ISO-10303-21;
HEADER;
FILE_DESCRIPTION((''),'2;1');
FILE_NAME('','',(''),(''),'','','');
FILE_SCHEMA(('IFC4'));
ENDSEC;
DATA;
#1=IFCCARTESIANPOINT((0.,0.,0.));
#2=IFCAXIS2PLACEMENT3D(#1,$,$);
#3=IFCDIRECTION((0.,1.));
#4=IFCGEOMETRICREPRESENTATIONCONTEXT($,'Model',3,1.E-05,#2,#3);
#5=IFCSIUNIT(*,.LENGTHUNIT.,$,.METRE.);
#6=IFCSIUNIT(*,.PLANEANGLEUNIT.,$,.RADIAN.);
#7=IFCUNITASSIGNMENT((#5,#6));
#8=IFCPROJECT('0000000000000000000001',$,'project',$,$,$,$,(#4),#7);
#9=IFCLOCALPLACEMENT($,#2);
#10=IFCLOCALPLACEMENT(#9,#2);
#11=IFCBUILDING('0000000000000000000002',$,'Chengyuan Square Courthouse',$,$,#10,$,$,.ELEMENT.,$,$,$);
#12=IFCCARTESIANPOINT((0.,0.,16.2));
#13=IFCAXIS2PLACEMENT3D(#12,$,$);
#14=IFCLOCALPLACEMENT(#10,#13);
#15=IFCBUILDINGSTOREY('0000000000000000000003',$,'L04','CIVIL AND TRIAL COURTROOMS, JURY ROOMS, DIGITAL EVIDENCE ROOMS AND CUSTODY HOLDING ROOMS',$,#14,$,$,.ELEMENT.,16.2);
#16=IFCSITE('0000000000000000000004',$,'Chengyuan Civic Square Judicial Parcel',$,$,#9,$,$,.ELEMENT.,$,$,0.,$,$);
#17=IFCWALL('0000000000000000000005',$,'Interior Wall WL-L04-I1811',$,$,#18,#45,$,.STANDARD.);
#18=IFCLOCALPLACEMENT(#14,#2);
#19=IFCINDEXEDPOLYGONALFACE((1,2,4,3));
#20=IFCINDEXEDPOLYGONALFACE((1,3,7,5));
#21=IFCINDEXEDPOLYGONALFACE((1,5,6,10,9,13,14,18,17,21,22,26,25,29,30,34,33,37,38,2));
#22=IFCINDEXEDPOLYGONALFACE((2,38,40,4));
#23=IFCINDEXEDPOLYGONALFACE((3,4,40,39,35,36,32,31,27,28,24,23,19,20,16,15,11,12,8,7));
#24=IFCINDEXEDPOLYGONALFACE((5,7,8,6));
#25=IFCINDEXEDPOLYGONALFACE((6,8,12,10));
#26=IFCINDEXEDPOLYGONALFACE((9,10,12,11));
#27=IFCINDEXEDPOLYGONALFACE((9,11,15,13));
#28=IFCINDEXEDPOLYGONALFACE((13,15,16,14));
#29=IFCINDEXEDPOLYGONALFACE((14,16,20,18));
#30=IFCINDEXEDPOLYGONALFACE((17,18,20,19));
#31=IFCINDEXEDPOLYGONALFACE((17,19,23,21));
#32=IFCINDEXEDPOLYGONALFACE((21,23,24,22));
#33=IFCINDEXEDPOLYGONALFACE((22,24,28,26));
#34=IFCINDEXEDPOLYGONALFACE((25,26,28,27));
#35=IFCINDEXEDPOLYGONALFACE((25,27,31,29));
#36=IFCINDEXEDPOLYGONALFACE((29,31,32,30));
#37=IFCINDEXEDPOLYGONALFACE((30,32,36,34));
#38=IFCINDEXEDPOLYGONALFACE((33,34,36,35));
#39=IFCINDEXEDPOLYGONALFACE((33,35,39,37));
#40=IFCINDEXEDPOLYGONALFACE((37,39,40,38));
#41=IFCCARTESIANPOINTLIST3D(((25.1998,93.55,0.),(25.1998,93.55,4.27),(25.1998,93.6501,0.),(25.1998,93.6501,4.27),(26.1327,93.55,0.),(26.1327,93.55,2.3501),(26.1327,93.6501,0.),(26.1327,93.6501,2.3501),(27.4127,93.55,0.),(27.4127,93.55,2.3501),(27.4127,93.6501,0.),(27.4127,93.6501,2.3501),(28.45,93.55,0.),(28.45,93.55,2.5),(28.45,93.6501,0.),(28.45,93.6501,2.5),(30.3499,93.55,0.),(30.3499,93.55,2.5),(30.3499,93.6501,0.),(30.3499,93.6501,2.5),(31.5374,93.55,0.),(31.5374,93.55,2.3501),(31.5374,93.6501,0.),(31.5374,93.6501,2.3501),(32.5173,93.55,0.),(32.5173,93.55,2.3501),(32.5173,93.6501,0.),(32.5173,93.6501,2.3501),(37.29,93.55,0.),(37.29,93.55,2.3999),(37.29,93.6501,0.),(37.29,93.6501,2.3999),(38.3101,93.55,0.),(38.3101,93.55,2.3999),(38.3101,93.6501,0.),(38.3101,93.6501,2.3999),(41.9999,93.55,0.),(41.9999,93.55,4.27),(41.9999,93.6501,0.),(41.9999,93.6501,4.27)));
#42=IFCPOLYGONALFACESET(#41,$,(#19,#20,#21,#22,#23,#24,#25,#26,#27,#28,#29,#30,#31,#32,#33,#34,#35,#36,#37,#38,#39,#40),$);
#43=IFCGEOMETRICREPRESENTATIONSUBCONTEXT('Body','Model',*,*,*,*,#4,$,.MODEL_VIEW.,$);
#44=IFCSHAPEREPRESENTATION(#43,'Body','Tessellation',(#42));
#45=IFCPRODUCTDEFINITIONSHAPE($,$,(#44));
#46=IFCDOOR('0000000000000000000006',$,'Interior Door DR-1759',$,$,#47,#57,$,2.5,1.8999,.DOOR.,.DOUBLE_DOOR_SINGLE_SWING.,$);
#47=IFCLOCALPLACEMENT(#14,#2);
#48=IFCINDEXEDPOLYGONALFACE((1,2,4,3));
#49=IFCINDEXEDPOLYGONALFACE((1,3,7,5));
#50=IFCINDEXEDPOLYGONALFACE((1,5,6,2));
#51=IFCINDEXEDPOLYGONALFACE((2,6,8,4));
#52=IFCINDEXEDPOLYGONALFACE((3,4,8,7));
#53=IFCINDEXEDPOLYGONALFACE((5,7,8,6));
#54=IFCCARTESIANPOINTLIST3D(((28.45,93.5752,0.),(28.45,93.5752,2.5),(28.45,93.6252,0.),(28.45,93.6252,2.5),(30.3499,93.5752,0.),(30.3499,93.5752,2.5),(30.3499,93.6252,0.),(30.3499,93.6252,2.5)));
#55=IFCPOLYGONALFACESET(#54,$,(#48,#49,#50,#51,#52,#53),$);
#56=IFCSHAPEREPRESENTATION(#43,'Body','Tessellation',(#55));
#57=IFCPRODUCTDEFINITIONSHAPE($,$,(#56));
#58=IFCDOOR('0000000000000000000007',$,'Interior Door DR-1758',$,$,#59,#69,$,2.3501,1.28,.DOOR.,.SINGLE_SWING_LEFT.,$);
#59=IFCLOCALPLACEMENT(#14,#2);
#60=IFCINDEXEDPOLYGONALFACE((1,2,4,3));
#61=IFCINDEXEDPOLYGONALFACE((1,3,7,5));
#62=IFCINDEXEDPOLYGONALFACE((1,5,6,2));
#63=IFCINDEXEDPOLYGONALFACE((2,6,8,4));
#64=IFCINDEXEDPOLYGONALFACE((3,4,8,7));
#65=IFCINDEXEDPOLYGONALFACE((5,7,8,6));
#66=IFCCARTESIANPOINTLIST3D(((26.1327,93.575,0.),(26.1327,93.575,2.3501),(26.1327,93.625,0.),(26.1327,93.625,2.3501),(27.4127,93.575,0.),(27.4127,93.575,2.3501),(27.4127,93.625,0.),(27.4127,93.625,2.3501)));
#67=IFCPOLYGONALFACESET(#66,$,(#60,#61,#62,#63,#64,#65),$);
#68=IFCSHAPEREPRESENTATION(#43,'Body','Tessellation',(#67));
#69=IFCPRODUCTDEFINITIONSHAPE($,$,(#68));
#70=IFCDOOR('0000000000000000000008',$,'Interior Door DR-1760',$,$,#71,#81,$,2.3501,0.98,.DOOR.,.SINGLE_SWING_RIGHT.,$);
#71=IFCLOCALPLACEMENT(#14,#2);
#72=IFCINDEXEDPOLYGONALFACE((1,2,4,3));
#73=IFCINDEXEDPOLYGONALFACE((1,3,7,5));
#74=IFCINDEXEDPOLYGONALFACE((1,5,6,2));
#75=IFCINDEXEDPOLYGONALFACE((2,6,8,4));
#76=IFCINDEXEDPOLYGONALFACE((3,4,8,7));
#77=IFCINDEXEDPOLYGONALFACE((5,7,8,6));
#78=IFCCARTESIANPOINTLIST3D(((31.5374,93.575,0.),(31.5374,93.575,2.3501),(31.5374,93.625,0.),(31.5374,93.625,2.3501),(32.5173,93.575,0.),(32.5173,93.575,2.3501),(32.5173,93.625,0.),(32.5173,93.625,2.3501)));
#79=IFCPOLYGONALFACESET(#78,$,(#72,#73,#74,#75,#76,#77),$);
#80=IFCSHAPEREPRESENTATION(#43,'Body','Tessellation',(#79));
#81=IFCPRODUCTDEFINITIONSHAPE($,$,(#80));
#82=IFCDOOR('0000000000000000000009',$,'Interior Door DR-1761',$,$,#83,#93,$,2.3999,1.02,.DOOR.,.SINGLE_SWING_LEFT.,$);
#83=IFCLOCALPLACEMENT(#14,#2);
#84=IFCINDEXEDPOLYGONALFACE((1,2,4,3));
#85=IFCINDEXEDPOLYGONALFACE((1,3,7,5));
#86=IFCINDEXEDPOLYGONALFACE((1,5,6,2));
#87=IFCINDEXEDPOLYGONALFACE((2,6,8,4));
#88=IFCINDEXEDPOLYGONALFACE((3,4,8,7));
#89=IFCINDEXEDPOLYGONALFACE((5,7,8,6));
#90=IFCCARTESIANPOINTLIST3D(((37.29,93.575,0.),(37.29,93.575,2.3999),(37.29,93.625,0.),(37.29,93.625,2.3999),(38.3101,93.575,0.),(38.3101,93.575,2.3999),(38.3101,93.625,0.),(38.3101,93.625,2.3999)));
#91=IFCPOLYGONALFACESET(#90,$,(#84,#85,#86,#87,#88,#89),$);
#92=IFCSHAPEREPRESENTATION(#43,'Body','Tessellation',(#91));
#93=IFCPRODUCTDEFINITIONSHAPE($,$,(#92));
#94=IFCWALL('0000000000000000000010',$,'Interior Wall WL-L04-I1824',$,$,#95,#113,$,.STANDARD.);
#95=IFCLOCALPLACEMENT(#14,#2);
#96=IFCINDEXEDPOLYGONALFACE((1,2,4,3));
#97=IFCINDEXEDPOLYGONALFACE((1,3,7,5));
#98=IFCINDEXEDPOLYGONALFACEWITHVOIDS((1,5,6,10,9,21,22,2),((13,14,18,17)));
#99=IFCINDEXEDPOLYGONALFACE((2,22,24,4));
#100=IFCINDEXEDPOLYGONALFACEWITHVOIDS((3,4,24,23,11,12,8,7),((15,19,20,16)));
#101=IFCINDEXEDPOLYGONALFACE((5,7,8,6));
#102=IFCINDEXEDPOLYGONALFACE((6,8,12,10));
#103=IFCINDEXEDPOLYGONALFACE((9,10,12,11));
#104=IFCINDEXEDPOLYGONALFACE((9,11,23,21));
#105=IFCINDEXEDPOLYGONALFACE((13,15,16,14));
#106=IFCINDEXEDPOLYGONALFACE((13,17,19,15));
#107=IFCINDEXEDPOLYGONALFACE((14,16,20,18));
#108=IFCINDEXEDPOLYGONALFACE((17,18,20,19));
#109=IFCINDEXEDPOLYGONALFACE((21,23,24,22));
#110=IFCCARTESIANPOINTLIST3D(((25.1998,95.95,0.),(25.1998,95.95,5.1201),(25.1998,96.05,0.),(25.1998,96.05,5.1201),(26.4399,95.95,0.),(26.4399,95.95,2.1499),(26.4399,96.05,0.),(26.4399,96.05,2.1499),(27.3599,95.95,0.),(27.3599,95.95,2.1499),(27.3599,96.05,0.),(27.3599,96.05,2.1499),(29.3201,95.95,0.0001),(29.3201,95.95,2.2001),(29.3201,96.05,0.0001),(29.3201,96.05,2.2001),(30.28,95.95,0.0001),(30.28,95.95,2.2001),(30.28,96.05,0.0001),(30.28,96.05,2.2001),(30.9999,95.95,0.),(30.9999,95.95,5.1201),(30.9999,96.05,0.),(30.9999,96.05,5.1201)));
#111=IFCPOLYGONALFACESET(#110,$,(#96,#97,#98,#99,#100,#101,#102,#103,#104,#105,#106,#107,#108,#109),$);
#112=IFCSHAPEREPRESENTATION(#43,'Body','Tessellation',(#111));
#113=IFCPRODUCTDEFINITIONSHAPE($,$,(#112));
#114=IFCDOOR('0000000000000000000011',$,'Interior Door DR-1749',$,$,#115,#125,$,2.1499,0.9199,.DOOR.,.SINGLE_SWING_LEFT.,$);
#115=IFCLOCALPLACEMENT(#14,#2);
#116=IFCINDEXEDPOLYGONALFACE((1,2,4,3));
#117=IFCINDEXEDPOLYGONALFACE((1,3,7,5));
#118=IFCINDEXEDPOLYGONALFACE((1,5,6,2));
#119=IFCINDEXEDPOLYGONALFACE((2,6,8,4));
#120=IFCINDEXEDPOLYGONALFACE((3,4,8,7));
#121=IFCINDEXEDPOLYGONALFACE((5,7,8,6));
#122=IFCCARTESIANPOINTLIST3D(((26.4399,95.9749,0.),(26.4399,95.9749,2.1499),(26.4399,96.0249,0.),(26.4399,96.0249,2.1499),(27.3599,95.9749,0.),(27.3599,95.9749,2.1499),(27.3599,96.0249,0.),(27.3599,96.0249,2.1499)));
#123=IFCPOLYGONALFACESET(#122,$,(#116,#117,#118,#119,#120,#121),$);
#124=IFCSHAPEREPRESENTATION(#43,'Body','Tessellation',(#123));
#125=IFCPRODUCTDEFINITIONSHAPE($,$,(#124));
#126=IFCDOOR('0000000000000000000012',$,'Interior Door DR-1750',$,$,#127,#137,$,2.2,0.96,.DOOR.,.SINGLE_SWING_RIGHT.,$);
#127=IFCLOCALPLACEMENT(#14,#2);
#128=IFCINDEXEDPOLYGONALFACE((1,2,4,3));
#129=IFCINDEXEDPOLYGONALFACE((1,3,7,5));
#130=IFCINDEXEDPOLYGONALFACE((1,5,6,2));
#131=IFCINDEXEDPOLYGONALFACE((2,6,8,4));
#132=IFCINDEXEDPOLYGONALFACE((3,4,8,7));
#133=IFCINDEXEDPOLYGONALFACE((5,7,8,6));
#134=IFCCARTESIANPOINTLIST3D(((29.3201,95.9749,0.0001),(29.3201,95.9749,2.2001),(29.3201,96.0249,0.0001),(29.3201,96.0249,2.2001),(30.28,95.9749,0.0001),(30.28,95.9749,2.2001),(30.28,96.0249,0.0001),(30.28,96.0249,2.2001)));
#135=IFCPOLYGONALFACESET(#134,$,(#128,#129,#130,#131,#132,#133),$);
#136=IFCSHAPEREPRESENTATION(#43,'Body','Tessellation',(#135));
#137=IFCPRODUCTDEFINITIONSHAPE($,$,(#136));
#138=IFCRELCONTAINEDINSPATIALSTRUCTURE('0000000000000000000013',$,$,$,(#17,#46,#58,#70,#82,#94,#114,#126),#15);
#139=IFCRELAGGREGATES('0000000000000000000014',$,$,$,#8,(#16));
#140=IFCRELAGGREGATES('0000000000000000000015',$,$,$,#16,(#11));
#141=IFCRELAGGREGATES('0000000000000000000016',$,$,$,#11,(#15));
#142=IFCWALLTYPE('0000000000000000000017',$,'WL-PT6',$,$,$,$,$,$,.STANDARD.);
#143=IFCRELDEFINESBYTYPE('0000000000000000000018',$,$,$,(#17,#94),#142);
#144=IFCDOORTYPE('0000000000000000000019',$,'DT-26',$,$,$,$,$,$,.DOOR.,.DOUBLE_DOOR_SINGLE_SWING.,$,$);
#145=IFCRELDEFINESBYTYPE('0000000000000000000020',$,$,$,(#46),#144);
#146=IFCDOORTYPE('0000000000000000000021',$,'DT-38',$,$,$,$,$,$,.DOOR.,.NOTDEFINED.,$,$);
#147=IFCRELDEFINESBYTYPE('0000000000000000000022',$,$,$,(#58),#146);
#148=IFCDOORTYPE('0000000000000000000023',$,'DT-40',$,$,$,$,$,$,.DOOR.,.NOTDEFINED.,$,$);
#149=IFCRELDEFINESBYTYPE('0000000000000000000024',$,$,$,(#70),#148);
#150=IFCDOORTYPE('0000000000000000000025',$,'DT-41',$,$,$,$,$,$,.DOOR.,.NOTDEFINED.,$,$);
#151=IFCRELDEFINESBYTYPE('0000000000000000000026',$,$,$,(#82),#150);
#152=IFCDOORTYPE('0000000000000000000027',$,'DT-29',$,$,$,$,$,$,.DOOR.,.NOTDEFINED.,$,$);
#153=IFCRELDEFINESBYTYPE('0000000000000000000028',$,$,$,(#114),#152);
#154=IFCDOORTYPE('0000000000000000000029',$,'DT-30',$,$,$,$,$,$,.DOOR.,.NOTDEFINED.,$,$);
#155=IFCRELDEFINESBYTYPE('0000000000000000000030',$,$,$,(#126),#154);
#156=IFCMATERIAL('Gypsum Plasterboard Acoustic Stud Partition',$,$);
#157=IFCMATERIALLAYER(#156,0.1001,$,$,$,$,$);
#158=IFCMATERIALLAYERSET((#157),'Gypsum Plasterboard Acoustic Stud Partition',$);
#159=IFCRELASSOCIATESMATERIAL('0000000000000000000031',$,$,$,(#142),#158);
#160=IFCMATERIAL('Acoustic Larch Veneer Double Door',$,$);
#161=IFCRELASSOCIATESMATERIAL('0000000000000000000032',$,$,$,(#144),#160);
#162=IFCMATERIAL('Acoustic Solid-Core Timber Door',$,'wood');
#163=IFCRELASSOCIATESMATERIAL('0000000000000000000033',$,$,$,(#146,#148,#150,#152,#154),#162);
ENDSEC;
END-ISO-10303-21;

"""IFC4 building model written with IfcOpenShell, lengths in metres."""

from ifc_helpers import new_model, si_unit, direction, frame, frame_2d, origin, place, context, subcontext, project, spatial, rectangle, extrude, material, layer, layer_set, type_object, element, fill, save


model = new_model("IFC4")

# Units and contexts
model_context = context("Model", 3, precision=1e-05, world=origin(), true_north=direction((0.0, 1.0)))
body_context = subcontext(model_context, "Body", "Model", "MODEL_VIEW")
ifc_project = project(units=[si_unit("LENGTHUNIT", "METRE"), si_unit("PLANEANGLEUNIT", "RADIAN")], contexts=[model_context])

# Site, building, storey
site_placement = place(None, origin())
site = spatial("IfcSite", under=ifc_project, at=site_placement, Name="Chengyuan Civic Square Judicial Parcel", CompositionType="ELEMENT", RefElevation=0.0)
building_placement = place(site_placement, origin())
building = spatial("IfcBuilding", under=site, at=building_placement, Name="Chengyuan Square Courthouse", CompositionType="ELEMENT")
storey_placement = place(building_placement, frame((0.0, 0.0, 16.2)))
storey = spatial("IfcBuildingStorey", under=building, at=storey_placement, Name="L04", Description="CIVIL AND TRIAL COURTROOMS, JURY ROOMS, DIGITAL EVIDENCE ROOMS AND CUSTODY HOLDING ROOMS", CompositionType="ELEMENT", Elevation=16.2)

# Walls, openings, doors
ifc_material_1 = material(Name="Gypsum Plasterboard Acoustic Stud Partition")
ifc_layer_1 = layer(ifc_material_1, 0.1001)
ifc_layer_set_1 = layer_set([ifc_layer_1], Name="Gypsum Plasterboard Acoustic Stud Partition")
wall_type_1 = type_object("IfcWallType", Name="WL-PT6", PredefinedType="STANDARD", material=ifc_layer_set_1)
wall_1_placement = place(storey_placement, frame((25.2, 93.6001, 0.0), z_axis=(0.0, 0.0, 1.0), x_axis=(1.0, 0.0, 0.0)))
wall_1 = element("IfcWall", 1, at=wall_1_placement, inside=storey, type_object=wall_type_1, Name="Interior Wall WL-L04-I1811", PredefinedType="STANDARD", context=body_context, shape_type="SweptSolid", body=[
    extrude(rectangle(XDim=16.8, YDim=0.1001, at=frame_2d((8.3999, 0.0))), origin(), (0.0, 0.0, 1.0), 4.27),
])
opening_1_placement = place(wall_1_placement, frame((0.9326, 0.0, 0.0)))
opening_1 = element("IfcOpeningElement", 2, at=opening_1_placement, cuts=wall_1, PredefinedType="OPENING", context=body_context, shape_type="SweptSolid", body=[
    extrude(rectangle(XDim=1.28, YDim=2.3501, at=frame_2d((0.6401, 1.175))), frame((0.0, 0.062, 0.0), z_axis=(0.0, -1.0, 0.0), x_axis=(1.0, 0.0, 0.0)), (0.0, 0.0, 1.0), 0.124),
])
opening_2_placement = place(wall_1_placement, frame((3.25, 0.0, 0.0)))
opening_2 = element("IfcOpeningElement", 3, at=opening_2_placement, cuts=wall_1, PredefinedType="OPENING", context=body_context, shape_type="SweptSolid", body=[
    extrude(rectangle(XDim=1.8999, YDim=2.5, at=frame_2d((0.95, 1.25))), frame((0.0, 0.062, 0.0), z_axis=(0.0, -1.0, 0.0), x_axis=(1.0, 0.0, 0.0)), (0.0, 0.0, 1.0), 0.124),
])
opening_3_placement = place(wall_1_placement, frame((6.3374, 0.0, 0.0)))
opening_3 = element("IfcOpeningElement", 4, at=opening_3_placement, cuts=wall_1, PredefinedType="OPENING", context=body_context, shape_type="SweptSolid", body=[
    extrude(rectangle(XDim=0.98, YDim=2.3501, at=frame_2d((0.49, 1.175))), frame((0.0, 0.062, 0.0), z_axis=(0.0, -1.0, 0.0), x_axis=(1.0, 0.0, 0.0)), (0.0, 0.0, 1.0), 0.124),
])
opening_4_placement = place(wall_1_placement, frame((12.0901, 0.0, 0.0)))
opening_4 = element("IfcOpeningElement", 5, at=opening_4_placement, cuts=wall_1, PredefinedType="OPENING", context=body_context, shape_type="SweptSolid", body=[
    extrude(rectangle(XDim=1.02, YDim=2.3999, at=frame_2d((0.51, 1.2))), frame((0.0, 0.062, 0.0), z_axis=(0.0, -1.0, 0.0), x_axis=(1.0, 0.0, 0.0)), (0.0, 0.0, 1.0), 0.124),
])
ifc_material_2 = material(Name="Acoustic Larch Veneer Double Door")
door_type_1 = type_object("IfcDoorType", Name="DT-26", OperationType="DOUBLE_DOOR_SINGLE_SWING", PredefinedType="DOOR", material=ifc_material_2)
door_1_placement = place(opening_2_placement, frame((1.8999, 0.0, 0.0), z_axis=(0.0, 0.0, 1.0), x_axis=(-1.0, 0.0, 0.0)))
door_1 = element("IfcDoor", 6, at=door_1_placement, inside=storey, type_object=door_type_1, Name="Interior Door DR-1759", OperationType="DOUBLE_DOOR_SINGLE_SWING", OverallHeight=2.5, OverallWidth=1.8999, PredefinedType="DOOR", context=body_context, shape_type="SweptSolid", body=[
    extrude(rectangle(XDim=1.8999, YDim=2.5, at=frame_2d((0.95, 1.25))), frame((0.0, 0.0249, 0.0), z_axis=(0.0, -1.0, 0.0), x_axis=(1.0, 0.0, 0.0)), (0.0, 0.0, 1.0), 0.05),
])
fill(opening_2, door_1)
ifc_material_3 = material(Name="Acoustic Solid-Core Timber Door", Category="wood")
door_type_2 = type_object("IfcDoorType", Name="DT-38", OperationType="NOTDEFINED", PredefinedType="DOOR", material=ifc_material_3)
door_2_placement = place(opening_1_placement, origin())
door_2 = element("IfcDoor", 7, at=door_2_placement, inside=storey, type_object=door_type_2, Name="Interior Door DR-1758", OperationType="SINGLE_SWING_LEFT", OverallHeight=2.3501, OverallWidth=1.28, PredefinedType="DOOR", context=body_context, shape_type="SweptSolid", body=[
    extrude(rectangle(XDim=1.28, YDim=2.3501, at=frame_2d((0.6401, 1.175))), frame((0.0, 0.0249, 0.0), z_axis=(0.0, -1.0, 0.0), x_axis=(1.0, 0.0, 0.0)), (0.0, 0.0, 1.0), 0.05),
])
fill(opening_1, door_2)
door_type_3 = type_object("IfcDoorType", Name="DT-40", OperationType="NOTDEFINED", PredefinedType="DOOR", material=ifc_material_3)
door_3_placement = place(opening_3_placement, origin())
door_3 = element("IfcDoor", 8, at=door_3_placement, inside=storey, type_object=door_type_3, Name="Interior Door DR-1760", OperationType="SINGLE_SWING_RIGHT", OverallHeight=2.3501, OverallWidth=0.98, PredefinedType="DOOR", context=body_context, shape_type="SweptSolid", body=[
    extrude(rectangle(XDim=0.98, YDim=2.3501, at=frame_2d((0.49, 1.175))), frame((0.0, 0.0249, 0.0), z_axis=(0.0, -1.0, 0.0), x_axis=(1.0, 0.0, 0.0)), (0.0, 0.0, 1.0), 0.05),
])
fill(opening_3, door_3)
door_type_4 = type_object("IfcDoorType", Name="DT-41", OperationType="NOTDEFINED", PredefinedType="DOOR", material=ifc_material_3)
door_4_placement = place(opening_4_placement, origin())
door_4 = element("IfcDoor", 9, at=door_4_placement, inside=storey, type_object=door_type_4, Name="Interior Door DR-1761", OperationType="SINGLE_SWING_LEFT", OverallHeight=2.3999, OverallWidth=1.02, PredefinedType="DOOR", context=body_context, shape_type="SweptSolid", body=[
    extrude(rectangle(XDim=1.02, YDim=2.3999, at=frame_2d((0.51, 1.2))), frame((0.0, 0.0249, 0.0), z_axis=(0.0, -1.0, 0.0), x_axis=(1.0, 0.0, 0.0)), (0.0, 0.0, 1.0), 0.05),
])
fill(opening_4, door_4)
wall_2_placement = place(storey_placement, frame((25.2, 96.0, 0.0), z_axis=(0.0, 0.0, 1.0), x_axis=(1.0, 0.0, 0.0)))
wall_2 = element("IfcWall", 10, at=wall_2_placement, inside=storey, type_object=wall_type_1, Name="Interior Wall WL-L04-I1824", PredefinedType="STANDARD", context=body_context, shape_type="SweptSolid", body=[
    extrude(rectangle(XDim=5.8, YDim=0.1001, at=frame_2d((2.8999, 0.0))), origin(), (0.0, 0.0, 1.0), 5.1201),
])
opening_5_placement = place(wall_2_placement, frame((1.24, 0.0, 0.0)))
opening_5 = element("IfcOpeningElement", 11, at=opening_5_placement, cuts=wall_2, PredefinedType="OPENING", context=body_context, shape_type="SweptSolid", body=[
    extrude(rectangle(XDim=0.9199, YDim=2.1499, at=frame_2d((0.46, 1.075))), frame((0.0, 0.062, 0.0), z_axis=(0.0, -1.0, 0.0), x_axis=(1.0, 0.0, 0.0)), (0.0, 0.0, 1.0), 0.124),
])
opening_6_placement = place(wall_2_placement, frame((4.1201, 0.0, 0.0)))
opening_6 = element("IfcOpeningElement", 12, at=opening_6_placement, cuts=wall_2, PredefinedType="OPENING", context=body_context, shape_type="SweptSolid", body=[
    extrude(rectangle(XDim=0.96, YDim=2.2, at=frame_2d((0.48, 1.1001))), frame((0.0, 0.062, 0.0), z_axis=(0.0, -1.0, 0.0), x_axis=(1.0, 0.0, 0.0)), (0.0, 0.0, 1.0), 0.124),
])
door_type_5 = type_object("IfcDoorType", Name="DT-29", OperationType="NOTDEFINED", PredefinedType="DOOR", material=ifc_material_3)
door_5_placement = place(opening_5_placement, origin())
door_5 = element("IfcDoor", 13, at=door_5_placement, inside=storey, type_object=door_type_5, Name="Interior Door DR-1749", OperationType="SINGLE_SWING_LEFT", OverallHeight=2.1499, OverallWidth=0.9199, PredefinedType="DOOR", context=body_context, shape_type="SweptSolid", body=[
    extrude(rectangle(XDim=0.9199, YDim=2.1499, at=frame_2d((0.46, 1.075))), frame((0.0, 0.0249, 0.0), z_axis=(0.0, -1.0, 0.0), x_axis=(1.0, 0.0, 0.0)), (0.0, 0.0, 1.0), 0.05),
])
fill(opening_5, door_5)
door_type_6 = type_object("IfcDoorType", Name="DT-30", OperationType="NOTDEFINED", PredefinedType="DOOR", material=ifc_material_3)
door_6_placement = place(opening_6_placement, origin())
door_6 = element("IfcDoor", 14, at=door_6_placement, inside=storey, type_object=door_type_6, Name="Interior Door DR-1750", OperationType="SINGLE_SWING_RIGHT", OverallHeight=2.2, OverallWidth=0.96, PredefinedType="DOOR", context=body_context, shape_type="SweptSolid", body=[
    extrude(rectangle(XDim=0.96, YDim=2.2, at=frame_2d((0.48, 1.1001))), frame((0.0, 0.0249, 0.0), z_axis=(0.0, -1.0, 0.0), x_axis=(1.0, 0.0, 0.0)), (0.0, 0.0, 1.0), 0.05),
])
fill(opening_6, door_6)

save(model, "model.ifc")
